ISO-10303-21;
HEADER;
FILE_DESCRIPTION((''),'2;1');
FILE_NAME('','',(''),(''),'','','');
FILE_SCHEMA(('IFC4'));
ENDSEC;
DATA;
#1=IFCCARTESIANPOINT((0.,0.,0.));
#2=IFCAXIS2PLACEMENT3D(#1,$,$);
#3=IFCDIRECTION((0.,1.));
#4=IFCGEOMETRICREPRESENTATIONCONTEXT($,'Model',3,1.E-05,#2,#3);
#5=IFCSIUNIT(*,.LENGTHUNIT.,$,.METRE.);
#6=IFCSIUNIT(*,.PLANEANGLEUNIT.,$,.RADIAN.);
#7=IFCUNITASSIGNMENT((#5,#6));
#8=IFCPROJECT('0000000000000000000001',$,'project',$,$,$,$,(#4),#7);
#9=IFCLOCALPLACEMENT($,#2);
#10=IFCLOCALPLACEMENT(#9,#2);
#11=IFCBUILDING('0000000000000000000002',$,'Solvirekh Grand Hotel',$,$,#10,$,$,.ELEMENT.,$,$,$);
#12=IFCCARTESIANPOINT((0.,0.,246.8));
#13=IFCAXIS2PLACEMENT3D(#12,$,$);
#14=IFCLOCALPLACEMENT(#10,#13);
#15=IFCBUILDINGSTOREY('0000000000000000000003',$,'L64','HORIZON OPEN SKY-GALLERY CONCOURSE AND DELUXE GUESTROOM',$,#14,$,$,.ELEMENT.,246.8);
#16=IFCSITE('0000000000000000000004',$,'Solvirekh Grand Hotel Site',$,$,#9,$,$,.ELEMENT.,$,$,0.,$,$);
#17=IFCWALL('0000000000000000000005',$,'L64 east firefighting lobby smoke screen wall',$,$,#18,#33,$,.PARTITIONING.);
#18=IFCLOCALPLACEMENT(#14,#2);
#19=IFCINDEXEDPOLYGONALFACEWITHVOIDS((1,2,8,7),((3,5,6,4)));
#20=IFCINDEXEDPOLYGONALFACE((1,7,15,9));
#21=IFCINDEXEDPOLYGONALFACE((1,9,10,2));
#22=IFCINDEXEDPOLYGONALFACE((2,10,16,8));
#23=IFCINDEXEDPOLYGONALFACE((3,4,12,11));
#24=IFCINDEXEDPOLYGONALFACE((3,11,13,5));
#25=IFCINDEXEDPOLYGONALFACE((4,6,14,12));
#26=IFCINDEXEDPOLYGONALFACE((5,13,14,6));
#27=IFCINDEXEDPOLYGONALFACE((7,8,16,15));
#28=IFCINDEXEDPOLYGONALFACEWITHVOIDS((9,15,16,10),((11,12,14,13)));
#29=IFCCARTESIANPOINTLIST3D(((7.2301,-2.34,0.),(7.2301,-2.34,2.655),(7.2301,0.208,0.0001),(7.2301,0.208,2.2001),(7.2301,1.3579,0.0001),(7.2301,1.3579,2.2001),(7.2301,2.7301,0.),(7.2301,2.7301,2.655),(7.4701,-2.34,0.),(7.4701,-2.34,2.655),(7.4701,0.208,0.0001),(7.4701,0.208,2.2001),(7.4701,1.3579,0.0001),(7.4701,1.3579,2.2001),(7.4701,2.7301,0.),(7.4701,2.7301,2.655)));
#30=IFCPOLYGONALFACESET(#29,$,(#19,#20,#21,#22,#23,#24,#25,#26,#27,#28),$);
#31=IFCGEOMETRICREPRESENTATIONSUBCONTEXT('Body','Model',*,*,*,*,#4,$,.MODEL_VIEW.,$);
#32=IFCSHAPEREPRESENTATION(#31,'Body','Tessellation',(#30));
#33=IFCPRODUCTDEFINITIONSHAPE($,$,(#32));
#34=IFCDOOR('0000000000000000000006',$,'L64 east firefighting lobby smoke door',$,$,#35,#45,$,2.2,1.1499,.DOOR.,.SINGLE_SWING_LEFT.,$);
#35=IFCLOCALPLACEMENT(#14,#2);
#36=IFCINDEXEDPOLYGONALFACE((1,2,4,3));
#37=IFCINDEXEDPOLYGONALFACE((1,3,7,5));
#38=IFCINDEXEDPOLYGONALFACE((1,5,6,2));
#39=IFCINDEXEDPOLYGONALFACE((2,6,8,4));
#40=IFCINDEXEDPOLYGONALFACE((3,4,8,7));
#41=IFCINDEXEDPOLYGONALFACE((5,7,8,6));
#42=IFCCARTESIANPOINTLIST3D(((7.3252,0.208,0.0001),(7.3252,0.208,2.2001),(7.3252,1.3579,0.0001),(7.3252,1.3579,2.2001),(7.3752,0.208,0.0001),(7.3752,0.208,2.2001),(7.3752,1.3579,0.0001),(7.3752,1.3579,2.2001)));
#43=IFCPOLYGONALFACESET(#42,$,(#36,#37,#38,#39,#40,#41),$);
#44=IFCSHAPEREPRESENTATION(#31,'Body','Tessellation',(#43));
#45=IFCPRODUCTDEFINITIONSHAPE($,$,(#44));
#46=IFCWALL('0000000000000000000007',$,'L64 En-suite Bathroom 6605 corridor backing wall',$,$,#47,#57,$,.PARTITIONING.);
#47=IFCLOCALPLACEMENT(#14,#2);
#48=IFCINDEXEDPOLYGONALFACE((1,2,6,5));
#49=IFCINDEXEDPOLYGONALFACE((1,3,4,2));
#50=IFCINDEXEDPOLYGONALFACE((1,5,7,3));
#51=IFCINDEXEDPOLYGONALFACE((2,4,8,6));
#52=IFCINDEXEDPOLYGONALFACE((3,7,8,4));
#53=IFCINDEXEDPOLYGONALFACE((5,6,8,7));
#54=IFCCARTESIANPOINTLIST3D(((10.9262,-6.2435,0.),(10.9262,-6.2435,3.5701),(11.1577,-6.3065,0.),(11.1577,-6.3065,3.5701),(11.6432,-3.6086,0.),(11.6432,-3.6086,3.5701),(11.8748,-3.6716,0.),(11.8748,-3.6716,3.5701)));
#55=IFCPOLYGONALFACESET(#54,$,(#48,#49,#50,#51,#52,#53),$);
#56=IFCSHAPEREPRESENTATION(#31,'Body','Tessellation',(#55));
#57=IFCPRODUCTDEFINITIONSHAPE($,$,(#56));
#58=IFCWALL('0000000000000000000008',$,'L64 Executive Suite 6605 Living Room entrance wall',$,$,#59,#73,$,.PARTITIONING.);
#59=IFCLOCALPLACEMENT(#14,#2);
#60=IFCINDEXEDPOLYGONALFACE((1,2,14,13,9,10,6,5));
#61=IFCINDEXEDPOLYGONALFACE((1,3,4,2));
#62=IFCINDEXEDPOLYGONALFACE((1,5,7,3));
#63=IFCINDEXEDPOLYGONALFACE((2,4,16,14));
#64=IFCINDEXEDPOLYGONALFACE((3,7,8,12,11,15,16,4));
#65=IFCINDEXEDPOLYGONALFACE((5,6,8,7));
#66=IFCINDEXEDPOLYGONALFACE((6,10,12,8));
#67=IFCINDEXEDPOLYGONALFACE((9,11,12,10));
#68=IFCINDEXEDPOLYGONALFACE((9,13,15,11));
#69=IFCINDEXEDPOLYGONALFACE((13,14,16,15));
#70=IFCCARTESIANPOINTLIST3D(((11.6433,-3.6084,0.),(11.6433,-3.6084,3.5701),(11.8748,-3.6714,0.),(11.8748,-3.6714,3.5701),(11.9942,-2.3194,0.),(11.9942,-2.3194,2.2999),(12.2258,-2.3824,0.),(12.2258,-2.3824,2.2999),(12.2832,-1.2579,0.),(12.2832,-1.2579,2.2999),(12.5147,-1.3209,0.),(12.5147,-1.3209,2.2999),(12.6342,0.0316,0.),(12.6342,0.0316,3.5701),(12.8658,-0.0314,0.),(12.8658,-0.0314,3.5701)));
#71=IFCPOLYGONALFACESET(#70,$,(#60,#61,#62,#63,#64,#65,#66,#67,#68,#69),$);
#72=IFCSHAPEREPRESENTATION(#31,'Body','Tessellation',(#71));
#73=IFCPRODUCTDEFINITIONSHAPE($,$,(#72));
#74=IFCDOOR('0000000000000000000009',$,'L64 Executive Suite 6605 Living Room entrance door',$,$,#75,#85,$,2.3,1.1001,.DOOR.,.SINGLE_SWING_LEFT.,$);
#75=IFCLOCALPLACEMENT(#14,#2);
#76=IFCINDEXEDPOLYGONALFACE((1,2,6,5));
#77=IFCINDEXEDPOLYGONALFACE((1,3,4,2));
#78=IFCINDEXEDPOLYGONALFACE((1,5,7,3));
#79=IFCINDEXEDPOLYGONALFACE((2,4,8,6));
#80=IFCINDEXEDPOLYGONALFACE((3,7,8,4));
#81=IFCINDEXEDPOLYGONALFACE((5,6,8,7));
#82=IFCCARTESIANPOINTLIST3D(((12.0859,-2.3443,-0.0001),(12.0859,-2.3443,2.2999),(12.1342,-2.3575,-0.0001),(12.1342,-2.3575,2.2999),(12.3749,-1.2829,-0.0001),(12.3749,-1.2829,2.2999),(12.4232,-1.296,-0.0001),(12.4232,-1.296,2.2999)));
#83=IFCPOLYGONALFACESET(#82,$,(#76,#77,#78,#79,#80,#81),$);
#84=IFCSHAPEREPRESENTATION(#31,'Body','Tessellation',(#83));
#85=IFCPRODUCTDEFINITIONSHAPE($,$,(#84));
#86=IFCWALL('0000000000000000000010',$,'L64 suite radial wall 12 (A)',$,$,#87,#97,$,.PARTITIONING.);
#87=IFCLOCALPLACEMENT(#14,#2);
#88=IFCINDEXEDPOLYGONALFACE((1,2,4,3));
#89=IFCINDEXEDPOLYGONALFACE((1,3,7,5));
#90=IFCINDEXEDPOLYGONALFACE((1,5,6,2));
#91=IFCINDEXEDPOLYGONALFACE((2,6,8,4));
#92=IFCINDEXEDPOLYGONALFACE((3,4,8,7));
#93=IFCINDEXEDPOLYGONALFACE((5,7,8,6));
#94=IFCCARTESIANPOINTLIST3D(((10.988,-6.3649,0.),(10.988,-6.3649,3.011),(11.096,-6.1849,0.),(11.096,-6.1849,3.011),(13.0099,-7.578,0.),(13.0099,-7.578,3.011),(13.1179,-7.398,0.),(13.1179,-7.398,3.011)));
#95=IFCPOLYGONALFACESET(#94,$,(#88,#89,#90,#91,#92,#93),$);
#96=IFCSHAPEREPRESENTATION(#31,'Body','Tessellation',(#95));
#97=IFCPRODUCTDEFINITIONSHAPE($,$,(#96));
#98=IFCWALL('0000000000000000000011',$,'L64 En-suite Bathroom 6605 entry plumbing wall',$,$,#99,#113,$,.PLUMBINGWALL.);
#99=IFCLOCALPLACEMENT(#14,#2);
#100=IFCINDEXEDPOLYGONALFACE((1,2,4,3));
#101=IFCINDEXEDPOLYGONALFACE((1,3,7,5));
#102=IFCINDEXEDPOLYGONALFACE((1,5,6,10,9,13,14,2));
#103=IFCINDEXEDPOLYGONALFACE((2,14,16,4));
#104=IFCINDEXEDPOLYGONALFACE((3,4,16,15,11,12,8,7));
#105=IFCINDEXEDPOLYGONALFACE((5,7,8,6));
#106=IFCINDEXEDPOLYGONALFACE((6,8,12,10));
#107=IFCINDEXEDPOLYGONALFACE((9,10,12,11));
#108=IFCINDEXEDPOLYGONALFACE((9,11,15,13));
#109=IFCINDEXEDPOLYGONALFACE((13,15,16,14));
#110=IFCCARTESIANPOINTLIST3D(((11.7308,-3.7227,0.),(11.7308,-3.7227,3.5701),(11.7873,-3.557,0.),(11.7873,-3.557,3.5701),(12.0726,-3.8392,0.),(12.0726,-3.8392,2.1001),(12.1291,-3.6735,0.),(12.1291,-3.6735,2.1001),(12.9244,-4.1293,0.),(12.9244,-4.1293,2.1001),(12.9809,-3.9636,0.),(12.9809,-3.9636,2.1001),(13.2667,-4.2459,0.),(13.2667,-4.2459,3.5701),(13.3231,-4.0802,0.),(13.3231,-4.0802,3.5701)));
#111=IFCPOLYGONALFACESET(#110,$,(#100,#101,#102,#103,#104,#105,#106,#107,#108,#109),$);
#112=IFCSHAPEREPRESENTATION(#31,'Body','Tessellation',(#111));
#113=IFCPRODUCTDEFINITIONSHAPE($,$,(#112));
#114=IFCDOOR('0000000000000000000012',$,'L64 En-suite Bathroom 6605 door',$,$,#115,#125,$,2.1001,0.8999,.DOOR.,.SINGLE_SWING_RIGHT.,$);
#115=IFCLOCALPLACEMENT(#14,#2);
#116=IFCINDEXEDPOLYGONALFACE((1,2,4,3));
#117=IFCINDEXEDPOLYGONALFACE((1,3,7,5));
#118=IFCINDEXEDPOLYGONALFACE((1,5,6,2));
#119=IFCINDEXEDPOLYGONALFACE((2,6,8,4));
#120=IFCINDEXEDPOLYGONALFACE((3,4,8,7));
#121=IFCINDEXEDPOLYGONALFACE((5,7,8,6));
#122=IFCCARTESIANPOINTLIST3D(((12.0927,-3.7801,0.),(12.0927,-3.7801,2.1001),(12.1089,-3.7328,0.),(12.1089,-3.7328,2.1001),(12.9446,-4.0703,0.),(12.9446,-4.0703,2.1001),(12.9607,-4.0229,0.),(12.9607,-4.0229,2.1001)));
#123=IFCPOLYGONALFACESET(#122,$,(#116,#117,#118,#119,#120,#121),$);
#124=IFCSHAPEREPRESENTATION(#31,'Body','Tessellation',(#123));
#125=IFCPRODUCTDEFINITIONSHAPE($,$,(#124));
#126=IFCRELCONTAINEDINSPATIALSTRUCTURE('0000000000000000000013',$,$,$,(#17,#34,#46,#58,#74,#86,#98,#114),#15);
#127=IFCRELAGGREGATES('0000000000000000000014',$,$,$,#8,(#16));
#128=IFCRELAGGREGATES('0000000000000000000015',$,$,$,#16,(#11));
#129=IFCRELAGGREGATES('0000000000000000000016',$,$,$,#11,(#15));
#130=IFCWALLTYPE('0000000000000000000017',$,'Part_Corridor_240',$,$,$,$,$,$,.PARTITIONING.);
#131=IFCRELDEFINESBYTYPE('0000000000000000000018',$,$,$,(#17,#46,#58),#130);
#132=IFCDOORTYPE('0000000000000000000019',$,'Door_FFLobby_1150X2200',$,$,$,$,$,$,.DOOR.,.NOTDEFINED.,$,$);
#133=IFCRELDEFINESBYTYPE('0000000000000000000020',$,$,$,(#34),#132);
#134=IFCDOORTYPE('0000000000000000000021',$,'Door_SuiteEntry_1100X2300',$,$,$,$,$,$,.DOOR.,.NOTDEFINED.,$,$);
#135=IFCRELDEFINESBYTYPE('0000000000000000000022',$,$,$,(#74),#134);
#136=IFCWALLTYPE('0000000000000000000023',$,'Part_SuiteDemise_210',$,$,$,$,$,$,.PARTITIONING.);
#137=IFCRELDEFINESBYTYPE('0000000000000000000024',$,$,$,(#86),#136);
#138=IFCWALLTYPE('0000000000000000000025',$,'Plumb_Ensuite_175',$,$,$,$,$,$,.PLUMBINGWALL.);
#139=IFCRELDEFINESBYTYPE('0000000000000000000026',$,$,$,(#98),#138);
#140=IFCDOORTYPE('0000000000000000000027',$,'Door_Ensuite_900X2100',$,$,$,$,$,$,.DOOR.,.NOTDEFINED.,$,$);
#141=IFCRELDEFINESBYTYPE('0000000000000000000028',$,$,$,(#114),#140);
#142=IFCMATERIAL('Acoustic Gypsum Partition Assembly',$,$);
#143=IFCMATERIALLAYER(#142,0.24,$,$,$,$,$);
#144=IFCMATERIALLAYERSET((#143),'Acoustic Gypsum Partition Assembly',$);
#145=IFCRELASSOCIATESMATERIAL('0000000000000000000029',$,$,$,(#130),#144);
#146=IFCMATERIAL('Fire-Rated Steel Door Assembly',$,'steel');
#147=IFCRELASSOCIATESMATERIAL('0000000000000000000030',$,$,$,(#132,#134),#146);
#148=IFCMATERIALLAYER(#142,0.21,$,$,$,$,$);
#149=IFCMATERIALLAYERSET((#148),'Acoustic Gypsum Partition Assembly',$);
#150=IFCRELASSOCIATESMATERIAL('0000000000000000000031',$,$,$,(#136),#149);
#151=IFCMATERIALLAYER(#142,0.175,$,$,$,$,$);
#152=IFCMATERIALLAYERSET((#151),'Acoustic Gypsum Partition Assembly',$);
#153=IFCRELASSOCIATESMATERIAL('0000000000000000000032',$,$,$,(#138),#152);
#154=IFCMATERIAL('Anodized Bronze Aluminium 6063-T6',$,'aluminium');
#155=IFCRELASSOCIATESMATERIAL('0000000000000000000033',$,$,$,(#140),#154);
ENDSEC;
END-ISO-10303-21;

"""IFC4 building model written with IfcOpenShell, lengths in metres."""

from ifc_helpers import new_model, si_unit, direction, frame, frame_2d, origin, place, context, subcontext, project, spatial, rectangle, extrude, material, layer, layer_set, type_object, element, fill, save


model = new_model("IFC4")

# Units and contexts
model_context = context("Model", 3, precision=1e-05, world=origin(), true_north=direction((0.0, 1.0)))
body_context = subcontext(model_context, "Body", "Model", "MODEL_VIEW")
ifc_project = project(units=[si_unit("LENGTHUNIT", "METRE"), si_unit("PLANEANGLEUNIT", "RADIAN")], contexts=[model_context])

# Site, building, storey
site_placement = place(None, origin())
site = spatial("IfcSite", under=ifc_project, at=site_placement, Name="Solvirekh Grand Hotel Site", CompositionType="ELEMENT", RefElevation=0.0)
building_placement = place(site_placement, origin())
building = spatial("IfcBuilding", under=site, at=building_placement, Name="Solvirekh Grand Hotel", CompositionType="ELEMENT")
storey_placement = place(building_placement, frame((0.0, 0.0, 246.8)))
storey = spatial("IfcBuildingStorey", under=building, at=storey_placement, Name="L64", Description="HORIZON OPEN SKY-GALLERY CONCOURSE AND DELUXE GUESTROOM", CompositionType="ELEMENT", Elevation=246.8)

# Shared definitions
ifc_material_1 = material(Name="Anodized Bronze Aluminium 6063-T6", Category="aluminium")

# Wall, opening, door
ifc_material_2 = material(Name="Acoustic Gypsum Partition Assembly")
ifc_layer_1 = layer(ifc_material_2, 0.24)
ifc_layer_set_1 = layer_set([ifc_layer_1], Name="Acoustic Gypsum Partition Assembly")
wall_type_1 = type_object("IfcWallType", Name="Part_Corridor_240", PredefinedType="PARTITIONING", material=ifc_layer_set_1)
wall_1_placement = place(storey_placement, frame((7.3501, -2.3401, 0.0), z_axis=(0.0, 0.0, 1.0), x_axis=(0.0, 1.0, 0.0)))
wall_1 = element("IfcWall", 1, at=wall_1_placement, inside=storey, type_object=wall_type_1, Name="L64 east firefighting lobby smoke screen wall", PredefinedType="PARTITIONING", context=body_context, shape_type="SweptSolid", body=[
    extrude(rectangle(XDim=5.0701, YDim=0.24, at=frame_2d((2.5352, 0.0))), origin(), (0.0, 0.0, 1.0), 2.655),
])
opening_1_placement = place(wall_1_placement, frame((2.5481, 0.0, 0.0)))
opening_1 = element("IfcOpeningElement", 2, at=opening_1_placement, cuts=wall_1, PredefinedType="OPENING", context=body_context, shape_type="SweptSolid", body=[
    extrude(rectangle(XDim=1.1499, YDim=2.2, at=frame_2d((0.575, 1.1001))), frame((0.0, 0.1299, 0.0), z_axis=(0.0, -1.0, 0.0), x_axis=(1.0, 0.0, 0.0)), (0.0, 0.0, 1.0), 0.26),
])
ifc_material_3 = material(Name="Fire-Rated Steel Door Assembly", Category="steel")
door_type_1 = type_object("IfcDoorType", Name="Door_FFLobby_1150X2200", OperationType="NOTDEFINED", PredefinedType="DOOR", material=ifc_material_3)
door_1_placement = place(opening_1_placement, origin())
door_1 = element("IfcDoor", 3, at=door_1_placement, inside=storey, type_object=door_type_1, Name="L64 east firefighting lobby smoke door", OperationType="SINGLE_SWING_LEFT", OverallHeight=2.2, OverallWidth=1.1499, PredefinedType="DOOR", context=body_context, shape_type="SweptSolid", body=[
    extrude(rectangle(XDim=1.1499, YDim=2.2, at=frame_2d((0.575, 1.1001))), frame((0.0, 0.0249, 0.0), z_axis=(0.0, -1.0, 0.0), x_axis=(1.0, 0.0, 0.0)), (0.0, 0.0, 1.0), 0.05),
])
fill(opening_1, door_1)

# Wall
wall_2_placement = place(storey_placement, frame((11.042, -6.2749, 0.0), z_axis=(0.0, 0.0, 1.0), x_axis=(0.262573, 0.964912, 0.0)))
element("IfcWall", 4, at=wall_2_placement, inside=storey, type_object=wall_type_1, Name="L64 En-suite Bathroom 6605 corridor backing wall", PredefinedType="PARTITIONING", context=body_context, shape_type="SweptSolid", body=[
    extrude(rectangle(XDim=2.7307, YDim=0.24, at=frame_2d((1.3652, 0.0))), origin(), (0.0, 0.0, 1.0), 3.5701),
])

# Wall, opening, door
wall_3_placement = place(storey_placement, frame((11.759, -3.6399, 0.0), z_axis=(0.0, 0.0, 1.0), x_axis=(0.26269, 0.96488, 0.0)))
wall_3 = element("IfcWall", 5, at=wall_3_placement, inside=storey, type_object=wall_type_1, Name="L64 Executive Suite 6605 Living Room entrance wall", PredefinedType="PARTITIONING", context=body_context, shape_type="SweptSolid", body=[
    extrude(rectangle(XDim=3.7725, YDim=0.24, at=frame_2d((1.8862, 0.0))), origin(), (0.0, 0.0, 1.0), 3.5701),
])
opening_2_placement = place(wall_3_placement, frame((1.3359, 0.0, 0.0)))
opening_2 = element("IfcOpeningElement", 6, at=opening_2_placement, cuts=wall_3, PredefinedType="OPENING", context=body_context, shape_type="SweptSolid", body=[
    extrude(rectangle(XDim=1.1001, YDim=2.3, at=frame_2d((0.55, 1.1499))), frame((0.0, 0.1299, 0.0), z_axis=(0.0, -1.0, 0.0), x_axis=(1.0, 0.0, 0.0)), (0.0, 0.0, 1.0), 0.26),
])
door_type_2 = type_object("IfcDoorType", Name="Door_SuiteEntry_1100X2300", OperationType="NOTDEFINED", PredefinedType="DOOR", material=ifc_material_3)
door_2_placement = place(opening_2_placement, origin())
door_2 = element("IfcDoor", 7, at=door_2_placement, inside=storey, type_object=door_type_2, Name="L64 Executive Suite 6605 Living Room entrance door", OperationType="SINGLE_SWING_LEFT", OverallHeight=2.3, OverallWidth=1.1001, PredefinedType="DOOR", context=body_context, shape_type="SweptSolid", body=[
    extrude(rectangle(XDim=1.1001, YDim=2.3, at=frame_2d((0.55, 1.1499))), frame((0.0, 0.0249, 0.0), z_axis=(0.0, -1.0, 0.0), x_axis=(1.0, 0.0, 0.0)), (0.0, 0.0, 1.0), 0.05),
])
fill(opening_2, door_2)

# Wall
ifc_layer_2 = layer(ifc_material_2, 0.21)
ifc_layer_set_2 = layer_set([ifc_layer_2], Name="Acoustic Gypsum Partition Assembly")
wall_type_2 = type_object("IfcWallType", Name="Part_SuiteDemise_210", PredefinedType="PARTITIONING", material=ifc_layer_set_2)
wall_4_placement = place(storey_placement, frame((11.042, -6.2749, 0.0), z_axis=(0.0, 0.0, 1.0), x_axis=(0.857502, -0.514481, 0.0)))
element("IfcWall", 8, at=wall_4_placement, inside=storey, type_object=wall_type_2, Name="L64 suite radial wall 12 (A)", PredefinedType="PARTITIONING", context=body_context, shape_type="SweptSolid", body=[
    extrude(rectangle(XDim=2.3579, YDim=0.21, at=frame_2d((1.179, 0.0))), origin(), (0.0, 0.0, 1.0), 3.011),
])

# Wall, opening, door
ifc_layer_3 = layer(ifc_material_2, 0.175)
ifc_layer_set_3 = layer_set([ifc_layer_3], Name="Acoustic Gypsum Partition Assembly")
wall_type_3 = type_object("IfcWallType", Name="Plumb_Ensuite_175", PredefinedType="PLUMBINGWALL", material=ifc_layer_set_3)
wall_5_placement = place(storey_placement, frame((11.759, -3.6399, 0.0), z_axis=(0.0, 0.0, 1.0), x_axis=(0.946586, -0.32245, 0.0)))
wall_5 = element("IfcWall", 9, at=wall_5_placement, inside=storey, type_object=wall_type_3, Name="L64 En-suite Bathroom 6605 entry plumbing wall", PredefinedType="PLUMBINGWALL", context=body_context, shape_type="SweptSolid", body=[
    extrude(rectangle(XDim=1.6226, YDim=0.175, at=frame_2d((0.8113, 0.0))), origin(), (0.0, 0.0, 1.0), 3.5701),
])
opening_3_placement = place(wall_5_placement, frame((0.3611, 0.0, 0.0)))
opening_3 = element("IfcOpeningElement", 10, at=opening_3_placement, cuts=wall_5, PredefinedType="OPENING", context=body_context, shape_type="SweptSolid", body=[
    extrude(rectangle(XDim=0.8999, YDim=2.1001, at=frame_2d((0.45, 1.05))), frame((0.0, 0.0977, 0.0), z_axis=(0.0, -1.0, 0.0), x_axis=(1.0, 0.0, 0.0)), (0.0, 0.0, 1.0), 0.1951),
])
door_type_3 = type_object("IfcDoorType", Name="Door_Ensuite_900X2100", OperationType="NOTDEFINED", PredefinedType="DOOR", material=ifc_material_1)
door_3_placement = place(opening_3_placement, origin())
door_3 = element("IfcDoor", 11, at=door_3_placement, inside=storey, type_object=door_type_3, Name="L64 En-suite Bathroom 6605 door", OperationType="SINGLE_SWING_RIGHT", OverallHeight=2.1001, OverallWidth=0.8999, PredefinedType="DOOR", context=body_context, shape_type="SweptSolid", body=[
    extrude(rectangle(XDim=0.8999, YDim=2.1001, at=frame_2d((0.45, 1.05))), frame((0.0, 0.0249, 0.0), z_axis=(0.0, -1.0, 0.0), x_axis=(1.0, 0.0, 0.0)), (0.0, 0.0, 1.0), 0.05),
])
fill(opening_3, door_3)

save(model, "model.ifc")
